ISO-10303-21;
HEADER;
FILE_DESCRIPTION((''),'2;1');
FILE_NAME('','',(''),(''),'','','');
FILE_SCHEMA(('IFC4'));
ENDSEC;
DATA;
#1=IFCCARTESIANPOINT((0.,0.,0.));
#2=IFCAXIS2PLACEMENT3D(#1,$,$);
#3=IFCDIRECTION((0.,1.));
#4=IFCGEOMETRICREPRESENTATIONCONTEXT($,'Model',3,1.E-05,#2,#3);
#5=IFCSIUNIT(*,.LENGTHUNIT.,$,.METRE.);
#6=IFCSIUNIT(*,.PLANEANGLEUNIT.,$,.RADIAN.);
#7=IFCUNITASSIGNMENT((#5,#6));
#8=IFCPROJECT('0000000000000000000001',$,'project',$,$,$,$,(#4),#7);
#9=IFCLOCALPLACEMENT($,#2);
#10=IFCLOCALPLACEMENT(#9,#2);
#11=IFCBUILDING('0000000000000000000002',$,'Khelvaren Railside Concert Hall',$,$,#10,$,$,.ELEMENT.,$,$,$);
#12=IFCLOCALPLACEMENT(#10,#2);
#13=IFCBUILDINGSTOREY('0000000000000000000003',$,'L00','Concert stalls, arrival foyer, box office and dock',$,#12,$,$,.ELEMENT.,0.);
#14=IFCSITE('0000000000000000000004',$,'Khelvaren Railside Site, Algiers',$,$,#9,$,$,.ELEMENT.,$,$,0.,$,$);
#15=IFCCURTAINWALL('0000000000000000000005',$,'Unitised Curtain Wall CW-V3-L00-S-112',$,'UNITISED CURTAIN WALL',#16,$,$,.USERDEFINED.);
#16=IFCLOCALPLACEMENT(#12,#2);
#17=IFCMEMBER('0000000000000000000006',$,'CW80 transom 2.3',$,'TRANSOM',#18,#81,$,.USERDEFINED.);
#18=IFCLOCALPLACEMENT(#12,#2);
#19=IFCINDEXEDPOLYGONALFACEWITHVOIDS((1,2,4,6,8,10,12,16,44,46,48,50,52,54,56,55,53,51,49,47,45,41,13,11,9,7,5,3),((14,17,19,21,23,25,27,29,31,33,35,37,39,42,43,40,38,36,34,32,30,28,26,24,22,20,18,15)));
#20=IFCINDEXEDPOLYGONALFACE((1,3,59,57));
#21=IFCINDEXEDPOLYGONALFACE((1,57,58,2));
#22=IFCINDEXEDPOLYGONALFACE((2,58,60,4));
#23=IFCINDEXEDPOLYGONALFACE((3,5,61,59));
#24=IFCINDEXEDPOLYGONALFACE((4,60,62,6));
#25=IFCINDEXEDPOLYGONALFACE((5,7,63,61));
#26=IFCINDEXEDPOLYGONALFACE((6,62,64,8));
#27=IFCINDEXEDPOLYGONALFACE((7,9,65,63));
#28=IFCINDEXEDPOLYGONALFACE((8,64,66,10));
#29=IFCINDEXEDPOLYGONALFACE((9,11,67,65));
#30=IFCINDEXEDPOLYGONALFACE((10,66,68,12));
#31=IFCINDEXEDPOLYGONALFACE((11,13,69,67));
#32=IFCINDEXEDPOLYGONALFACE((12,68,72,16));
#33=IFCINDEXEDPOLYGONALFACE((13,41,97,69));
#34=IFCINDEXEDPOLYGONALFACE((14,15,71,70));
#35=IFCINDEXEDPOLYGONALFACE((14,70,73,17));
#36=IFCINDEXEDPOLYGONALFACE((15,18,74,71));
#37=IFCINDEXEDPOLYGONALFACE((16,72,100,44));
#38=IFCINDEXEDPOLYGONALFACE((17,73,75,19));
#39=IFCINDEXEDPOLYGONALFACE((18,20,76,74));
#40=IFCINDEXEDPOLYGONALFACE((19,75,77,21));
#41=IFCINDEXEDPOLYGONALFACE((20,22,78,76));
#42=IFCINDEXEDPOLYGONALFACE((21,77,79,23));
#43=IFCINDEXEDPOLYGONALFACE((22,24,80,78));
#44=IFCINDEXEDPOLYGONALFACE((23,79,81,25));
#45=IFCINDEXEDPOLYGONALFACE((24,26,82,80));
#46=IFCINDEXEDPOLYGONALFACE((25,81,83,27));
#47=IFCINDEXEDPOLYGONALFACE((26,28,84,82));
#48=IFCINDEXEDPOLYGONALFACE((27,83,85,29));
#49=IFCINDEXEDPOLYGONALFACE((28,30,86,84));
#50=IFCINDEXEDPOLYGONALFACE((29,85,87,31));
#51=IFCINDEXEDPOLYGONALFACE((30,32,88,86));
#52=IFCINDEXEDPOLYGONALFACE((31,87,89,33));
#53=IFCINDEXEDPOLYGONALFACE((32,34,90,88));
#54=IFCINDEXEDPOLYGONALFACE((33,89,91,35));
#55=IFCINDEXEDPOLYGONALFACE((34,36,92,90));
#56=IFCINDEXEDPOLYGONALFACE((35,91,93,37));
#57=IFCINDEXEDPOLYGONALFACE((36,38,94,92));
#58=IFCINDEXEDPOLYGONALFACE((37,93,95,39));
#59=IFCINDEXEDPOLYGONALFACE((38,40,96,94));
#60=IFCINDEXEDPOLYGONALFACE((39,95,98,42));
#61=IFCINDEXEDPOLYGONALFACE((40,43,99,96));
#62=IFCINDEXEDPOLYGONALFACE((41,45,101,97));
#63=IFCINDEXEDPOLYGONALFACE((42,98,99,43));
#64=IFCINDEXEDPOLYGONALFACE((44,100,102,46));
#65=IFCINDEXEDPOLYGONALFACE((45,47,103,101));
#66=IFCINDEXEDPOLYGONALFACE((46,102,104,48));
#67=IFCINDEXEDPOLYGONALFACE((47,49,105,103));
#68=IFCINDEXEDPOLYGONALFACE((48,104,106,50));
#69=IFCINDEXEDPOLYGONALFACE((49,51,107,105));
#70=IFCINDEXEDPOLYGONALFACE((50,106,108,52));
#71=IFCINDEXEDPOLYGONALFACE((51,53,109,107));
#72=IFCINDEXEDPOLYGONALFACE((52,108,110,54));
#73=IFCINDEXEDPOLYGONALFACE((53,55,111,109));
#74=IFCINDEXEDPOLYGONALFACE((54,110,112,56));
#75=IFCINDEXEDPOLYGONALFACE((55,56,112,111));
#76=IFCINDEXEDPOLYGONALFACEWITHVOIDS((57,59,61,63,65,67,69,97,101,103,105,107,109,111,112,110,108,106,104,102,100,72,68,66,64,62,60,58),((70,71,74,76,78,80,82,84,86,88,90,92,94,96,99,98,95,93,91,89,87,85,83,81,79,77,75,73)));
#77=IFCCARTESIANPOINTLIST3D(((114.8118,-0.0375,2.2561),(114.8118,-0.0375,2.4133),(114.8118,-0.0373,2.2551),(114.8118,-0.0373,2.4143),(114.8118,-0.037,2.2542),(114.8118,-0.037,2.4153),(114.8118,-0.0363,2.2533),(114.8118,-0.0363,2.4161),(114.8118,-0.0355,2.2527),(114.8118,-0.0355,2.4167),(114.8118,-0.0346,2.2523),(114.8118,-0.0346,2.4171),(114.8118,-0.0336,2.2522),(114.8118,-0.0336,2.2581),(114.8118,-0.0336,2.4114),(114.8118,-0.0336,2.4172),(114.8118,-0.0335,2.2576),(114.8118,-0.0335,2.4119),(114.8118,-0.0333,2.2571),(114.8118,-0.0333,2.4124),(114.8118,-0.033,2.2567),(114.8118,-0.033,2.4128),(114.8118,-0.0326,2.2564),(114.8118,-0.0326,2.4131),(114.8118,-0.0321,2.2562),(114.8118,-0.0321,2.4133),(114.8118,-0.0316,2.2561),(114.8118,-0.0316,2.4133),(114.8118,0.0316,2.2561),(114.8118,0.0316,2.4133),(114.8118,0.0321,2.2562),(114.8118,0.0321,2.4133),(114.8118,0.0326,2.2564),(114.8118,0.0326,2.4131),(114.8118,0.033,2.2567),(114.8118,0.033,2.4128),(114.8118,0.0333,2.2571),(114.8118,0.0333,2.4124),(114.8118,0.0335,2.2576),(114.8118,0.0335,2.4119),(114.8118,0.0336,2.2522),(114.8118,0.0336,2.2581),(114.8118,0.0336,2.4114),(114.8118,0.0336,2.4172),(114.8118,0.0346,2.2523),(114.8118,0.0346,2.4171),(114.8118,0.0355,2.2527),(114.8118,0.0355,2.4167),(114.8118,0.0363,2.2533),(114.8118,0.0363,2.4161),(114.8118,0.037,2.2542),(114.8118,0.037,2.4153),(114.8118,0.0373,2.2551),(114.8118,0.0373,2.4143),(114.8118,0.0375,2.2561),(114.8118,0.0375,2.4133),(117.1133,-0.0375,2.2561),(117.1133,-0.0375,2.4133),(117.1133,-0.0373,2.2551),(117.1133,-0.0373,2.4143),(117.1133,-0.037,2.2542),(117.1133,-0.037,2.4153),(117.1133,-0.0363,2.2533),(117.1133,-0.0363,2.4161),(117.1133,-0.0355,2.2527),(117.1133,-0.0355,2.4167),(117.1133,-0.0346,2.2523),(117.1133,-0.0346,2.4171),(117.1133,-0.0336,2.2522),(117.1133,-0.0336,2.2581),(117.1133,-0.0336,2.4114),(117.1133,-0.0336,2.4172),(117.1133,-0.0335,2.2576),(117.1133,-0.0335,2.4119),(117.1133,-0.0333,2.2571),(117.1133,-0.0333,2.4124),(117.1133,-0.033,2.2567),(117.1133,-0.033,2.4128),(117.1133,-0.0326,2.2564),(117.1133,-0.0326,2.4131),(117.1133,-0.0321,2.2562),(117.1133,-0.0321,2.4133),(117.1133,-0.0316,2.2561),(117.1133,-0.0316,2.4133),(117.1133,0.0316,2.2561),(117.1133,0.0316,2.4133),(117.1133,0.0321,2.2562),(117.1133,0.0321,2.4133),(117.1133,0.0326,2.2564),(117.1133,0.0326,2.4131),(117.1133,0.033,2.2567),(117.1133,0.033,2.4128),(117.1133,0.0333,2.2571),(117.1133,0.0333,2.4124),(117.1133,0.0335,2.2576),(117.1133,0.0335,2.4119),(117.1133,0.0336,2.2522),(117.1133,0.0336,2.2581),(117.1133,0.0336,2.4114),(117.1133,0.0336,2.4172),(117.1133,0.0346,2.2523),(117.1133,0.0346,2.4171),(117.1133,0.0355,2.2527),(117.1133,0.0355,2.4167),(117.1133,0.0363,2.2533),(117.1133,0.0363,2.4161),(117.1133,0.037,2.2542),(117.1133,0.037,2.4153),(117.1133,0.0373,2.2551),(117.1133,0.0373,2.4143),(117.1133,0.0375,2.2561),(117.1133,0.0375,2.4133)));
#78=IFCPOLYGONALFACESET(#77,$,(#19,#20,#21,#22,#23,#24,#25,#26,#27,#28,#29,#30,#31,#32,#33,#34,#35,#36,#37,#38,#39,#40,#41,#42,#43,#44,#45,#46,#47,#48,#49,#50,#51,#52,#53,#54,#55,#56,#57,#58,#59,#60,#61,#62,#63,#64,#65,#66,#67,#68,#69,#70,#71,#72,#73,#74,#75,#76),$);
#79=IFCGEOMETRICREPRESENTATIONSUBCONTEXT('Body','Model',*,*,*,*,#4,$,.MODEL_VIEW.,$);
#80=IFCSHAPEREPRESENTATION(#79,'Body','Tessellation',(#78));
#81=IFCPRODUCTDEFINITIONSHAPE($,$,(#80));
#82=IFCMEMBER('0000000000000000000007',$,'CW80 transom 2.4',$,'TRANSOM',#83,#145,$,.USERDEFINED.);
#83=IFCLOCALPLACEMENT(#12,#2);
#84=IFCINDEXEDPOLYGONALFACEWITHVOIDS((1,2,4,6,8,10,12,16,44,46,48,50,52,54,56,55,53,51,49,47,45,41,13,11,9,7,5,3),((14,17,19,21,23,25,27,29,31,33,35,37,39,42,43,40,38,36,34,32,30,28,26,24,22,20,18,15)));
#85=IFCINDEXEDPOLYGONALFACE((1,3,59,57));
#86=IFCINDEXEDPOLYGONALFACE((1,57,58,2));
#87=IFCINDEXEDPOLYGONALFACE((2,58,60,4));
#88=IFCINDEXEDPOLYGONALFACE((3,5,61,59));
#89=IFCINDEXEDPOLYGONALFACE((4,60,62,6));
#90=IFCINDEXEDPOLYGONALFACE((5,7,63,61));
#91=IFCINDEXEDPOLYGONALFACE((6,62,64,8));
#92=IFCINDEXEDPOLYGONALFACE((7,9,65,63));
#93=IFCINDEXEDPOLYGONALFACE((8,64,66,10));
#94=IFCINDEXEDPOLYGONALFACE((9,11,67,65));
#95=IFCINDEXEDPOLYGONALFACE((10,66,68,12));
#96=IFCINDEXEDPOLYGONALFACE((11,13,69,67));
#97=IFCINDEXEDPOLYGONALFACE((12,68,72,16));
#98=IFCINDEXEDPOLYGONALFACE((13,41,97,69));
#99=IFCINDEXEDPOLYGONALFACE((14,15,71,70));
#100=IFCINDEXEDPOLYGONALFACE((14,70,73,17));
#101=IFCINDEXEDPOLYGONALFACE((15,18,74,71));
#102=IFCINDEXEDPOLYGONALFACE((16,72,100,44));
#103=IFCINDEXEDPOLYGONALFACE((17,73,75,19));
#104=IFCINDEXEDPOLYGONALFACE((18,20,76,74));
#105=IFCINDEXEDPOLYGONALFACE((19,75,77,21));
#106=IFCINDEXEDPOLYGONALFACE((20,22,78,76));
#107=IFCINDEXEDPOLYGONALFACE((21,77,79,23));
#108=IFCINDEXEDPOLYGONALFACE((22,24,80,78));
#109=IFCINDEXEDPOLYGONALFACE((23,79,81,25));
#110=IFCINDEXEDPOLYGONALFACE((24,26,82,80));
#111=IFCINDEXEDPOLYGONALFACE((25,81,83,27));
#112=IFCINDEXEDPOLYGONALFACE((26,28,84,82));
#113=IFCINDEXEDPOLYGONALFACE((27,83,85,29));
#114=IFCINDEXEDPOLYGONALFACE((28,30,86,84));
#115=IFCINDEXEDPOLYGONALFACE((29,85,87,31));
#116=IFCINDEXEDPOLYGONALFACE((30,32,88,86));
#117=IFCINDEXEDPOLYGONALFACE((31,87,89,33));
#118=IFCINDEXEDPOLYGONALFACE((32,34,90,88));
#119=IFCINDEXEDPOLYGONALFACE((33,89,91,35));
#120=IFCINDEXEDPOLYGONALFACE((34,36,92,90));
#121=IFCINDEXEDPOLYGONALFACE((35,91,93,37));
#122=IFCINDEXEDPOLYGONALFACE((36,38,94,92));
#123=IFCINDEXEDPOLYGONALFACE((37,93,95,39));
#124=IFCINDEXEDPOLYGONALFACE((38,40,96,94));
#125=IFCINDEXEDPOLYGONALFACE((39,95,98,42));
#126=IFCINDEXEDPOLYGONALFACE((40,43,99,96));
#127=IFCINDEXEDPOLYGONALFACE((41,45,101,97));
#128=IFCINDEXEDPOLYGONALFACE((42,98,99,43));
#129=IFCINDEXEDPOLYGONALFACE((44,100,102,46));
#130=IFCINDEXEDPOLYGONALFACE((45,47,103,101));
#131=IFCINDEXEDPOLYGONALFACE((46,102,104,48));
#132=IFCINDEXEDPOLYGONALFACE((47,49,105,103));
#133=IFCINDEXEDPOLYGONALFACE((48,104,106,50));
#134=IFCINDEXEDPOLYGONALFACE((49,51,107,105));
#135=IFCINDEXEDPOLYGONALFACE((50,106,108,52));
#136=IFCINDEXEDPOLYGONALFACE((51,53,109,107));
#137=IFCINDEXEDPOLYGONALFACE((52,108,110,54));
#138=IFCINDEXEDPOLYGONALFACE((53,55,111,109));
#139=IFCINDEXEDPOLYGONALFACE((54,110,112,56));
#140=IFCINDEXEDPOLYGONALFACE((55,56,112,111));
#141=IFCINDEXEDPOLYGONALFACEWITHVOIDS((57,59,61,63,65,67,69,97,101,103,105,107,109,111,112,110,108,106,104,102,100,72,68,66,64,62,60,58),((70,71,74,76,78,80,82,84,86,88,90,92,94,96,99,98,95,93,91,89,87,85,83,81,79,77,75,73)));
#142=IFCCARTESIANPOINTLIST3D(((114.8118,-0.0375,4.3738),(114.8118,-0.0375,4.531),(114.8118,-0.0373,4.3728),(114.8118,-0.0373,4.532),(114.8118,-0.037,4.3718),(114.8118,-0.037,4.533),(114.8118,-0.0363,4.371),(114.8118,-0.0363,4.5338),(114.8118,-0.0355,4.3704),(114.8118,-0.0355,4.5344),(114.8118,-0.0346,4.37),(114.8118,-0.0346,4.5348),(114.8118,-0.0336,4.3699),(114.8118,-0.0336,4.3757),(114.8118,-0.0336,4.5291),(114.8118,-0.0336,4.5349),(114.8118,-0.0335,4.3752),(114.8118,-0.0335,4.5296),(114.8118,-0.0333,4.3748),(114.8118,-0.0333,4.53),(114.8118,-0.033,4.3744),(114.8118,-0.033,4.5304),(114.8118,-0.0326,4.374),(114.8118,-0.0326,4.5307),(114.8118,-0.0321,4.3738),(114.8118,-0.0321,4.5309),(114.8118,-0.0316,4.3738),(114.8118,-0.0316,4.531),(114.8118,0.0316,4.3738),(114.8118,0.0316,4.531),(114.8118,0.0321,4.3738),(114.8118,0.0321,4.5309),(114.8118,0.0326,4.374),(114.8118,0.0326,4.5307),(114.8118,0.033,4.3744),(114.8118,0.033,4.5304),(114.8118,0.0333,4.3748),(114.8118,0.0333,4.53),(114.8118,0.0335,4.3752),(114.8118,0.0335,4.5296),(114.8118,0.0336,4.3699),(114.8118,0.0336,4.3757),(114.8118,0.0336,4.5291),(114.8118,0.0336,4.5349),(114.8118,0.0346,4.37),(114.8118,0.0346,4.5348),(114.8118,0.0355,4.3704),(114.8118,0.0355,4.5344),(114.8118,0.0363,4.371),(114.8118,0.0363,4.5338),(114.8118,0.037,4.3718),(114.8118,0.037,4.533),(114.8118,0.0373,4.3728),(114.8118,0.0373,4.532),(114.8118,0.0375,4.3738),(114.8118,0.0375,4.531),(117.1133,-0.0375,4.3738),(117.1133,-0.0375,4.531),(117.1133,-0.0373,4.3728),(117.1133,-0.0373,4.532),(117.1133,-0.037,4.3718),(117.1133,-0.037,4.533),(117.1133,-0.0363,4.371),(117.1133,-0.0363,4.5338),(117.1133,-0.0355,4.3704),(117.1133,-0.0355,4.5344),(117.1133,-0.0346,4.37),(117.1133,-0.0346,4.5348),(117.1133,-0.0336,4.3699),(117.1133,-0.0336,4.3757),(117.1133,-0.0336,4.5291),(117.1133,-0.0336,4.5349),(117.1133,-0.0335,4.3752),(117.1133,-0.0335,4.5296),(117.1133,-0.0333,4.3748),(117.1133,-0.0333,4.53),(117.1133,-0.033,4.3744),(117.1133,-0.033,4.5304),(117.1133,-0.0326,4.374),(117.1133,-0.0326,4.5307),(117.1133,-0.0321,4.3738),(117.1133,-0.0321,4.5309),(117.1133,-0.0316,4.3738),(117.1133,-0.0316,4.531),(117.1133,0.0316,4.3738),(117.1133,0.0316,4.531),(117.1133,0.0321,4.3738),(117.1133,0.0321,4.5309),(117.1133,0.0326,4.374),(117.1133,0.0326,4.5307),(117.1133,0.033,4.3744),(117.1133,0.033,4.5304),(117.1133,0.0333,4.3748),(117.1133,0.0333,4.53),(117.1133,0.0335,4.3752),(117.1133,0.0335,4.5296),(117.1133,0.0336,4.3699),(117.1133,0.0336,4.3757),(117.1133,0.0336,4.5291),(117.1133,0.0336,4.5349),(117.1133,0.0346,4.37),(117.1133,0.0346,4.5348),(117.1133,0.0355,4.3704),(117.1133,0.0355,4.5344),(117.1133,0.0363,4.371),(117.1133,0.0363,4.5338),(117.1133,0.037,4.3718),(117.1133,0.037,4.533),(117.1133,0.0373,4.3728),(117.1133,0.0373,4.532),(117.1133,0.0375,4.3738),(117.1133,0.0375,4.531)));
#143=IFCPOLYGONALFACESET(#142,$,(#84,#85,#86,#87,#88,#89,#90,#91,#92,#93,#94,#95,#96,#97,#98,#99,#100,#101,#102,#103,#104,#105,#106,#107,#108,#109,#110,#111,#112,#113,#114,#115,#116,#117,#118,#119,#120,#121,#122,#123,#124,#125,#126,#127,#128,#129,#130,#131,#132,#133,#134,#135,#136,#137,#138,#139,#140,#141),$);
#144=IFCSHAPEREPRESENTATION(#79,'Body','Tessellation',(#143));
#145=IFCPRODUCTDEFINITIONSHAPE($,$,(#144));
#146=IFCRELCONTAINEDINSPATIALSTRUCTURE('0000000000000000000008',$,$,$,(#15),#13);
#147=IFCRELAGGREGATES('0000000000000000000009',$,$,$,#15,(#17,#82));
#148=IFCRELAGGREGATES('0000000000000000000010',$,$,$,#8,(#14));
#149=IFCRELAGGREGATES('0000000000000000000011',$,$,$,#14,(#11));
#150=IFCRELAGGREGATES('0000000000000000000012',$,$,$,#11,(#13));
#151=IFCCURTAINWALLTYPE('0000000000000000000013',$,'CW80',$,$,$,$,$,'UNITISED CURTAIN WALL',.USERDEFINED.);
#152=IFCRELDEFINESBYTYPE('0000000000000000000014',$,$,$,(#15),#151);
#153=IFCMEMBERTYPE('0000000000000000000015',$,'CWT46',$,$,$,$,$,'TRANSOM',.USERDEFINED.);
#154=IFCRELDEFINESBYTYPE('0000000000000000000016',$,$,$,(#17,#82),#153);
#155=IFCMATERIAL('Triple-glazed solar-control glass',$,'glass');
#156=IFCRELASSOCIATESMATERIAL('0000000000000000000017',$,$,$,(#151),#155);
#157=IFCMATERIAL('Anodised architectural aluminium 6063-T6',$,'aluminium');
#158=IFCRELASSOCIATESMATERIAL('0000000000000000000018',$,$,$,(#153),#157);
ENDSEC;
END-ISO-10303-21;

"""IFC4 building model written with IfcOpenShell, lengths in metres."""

from ifc_helpers import new_model, si_unit, direction, frame, origin, origin_2d, place, context, subcontext, project, spatial, hollow_rectangle, extrude, material, material_profile, profile_set, type_object, element, aggregate, save


model = new_model("IFC4")

# Units and contexts
model_context = context("Model", 3, precision=1e-05, world=origin(), true_north=direction((0.0, 1.0)))
body_context = subcontext(model_context, "Body", "Model", "MODEL_VIEW")
ifc_project = project(units=[si_unit("LENGTHUNIT", "METRE"), si_unit("PLANEANGLEUNIT", "RADIAN")], contexts=[model_context])

# Site, building, storey
site_placement = place(None, origin())
site = spatial("IfcSite", under=ifc_project, at=site_placement, Name="Khelvaren Railside Site, Algiers", CompositionType="ELEMENT", RefElevation=0.0)
building_placement = place(site_placement, origin())
building = spatial("IfcBuilding", under=site, at=building_placement, Name="Khelvaren Railside Concert Hall", CompositionType="ELEMENT")
storey_placement = place(building_placement, origin())
storey = spatial("IfcBuildingStorey", under=building, at=storey_placement, Name="L00", Description="Concert stalls, arrival foyer, box office and dock", CompositionType="ELEMENT", Elevation=0.0)

# Curtain wall
ifc_material_1 = material(Name="Triple-glazed solar-control glass", Category="glass")
ifc_material_2 = material(Name="Anodised architectural aluminium 6063-T6", Category="aluminium")
curtain_wall_type_1 = type_object("IfcCurtainWallType", Name="CW80", ElementType="UNITISED CURTAIN WALL", PredefinedType="USERDEFINED", material=ifc_material_1)
curtain_wall_1_placement = place(storey_placement, origin())
curtain_wall_1 = element("IfcCurtainWall", 1, at=curtain_wall_1_placement, inside=storey, type_object=curtain_wall_type_1, Name="Unitised Curtain Wall CW-V3-L00-S-112", ObjectType="UNITISED CURTAIN WALL", PredefinedType="USERDEFINED")

# Members
ifc_material_profile_1 = material_profile(ifc_material_2, hollow_rectangle(XDim=0.075, YDim=0.165, WallThickness=0.0039, InnerFilletRadius=0.002, OuterFilletRadius=0.0039, at=origin_2d()), Name="CWT 75x165x4")
ifc_profile_set_1 = profile_set([ifc_material_profile_1], Name="Anodised architectural aluminium 6063-T6")
member_type_1 = type_object("IfcMemberType", Name="CWT46", ElementType="TRANSOM", PredefinedType="USERDEFINED", material=ifc_profile_set_1)
member_1_placement = place(storey_placement, frame((117.1133, 0.0, 2.3347), z_axis=(-1.0, 0.0, 0.0), x_axis=(0.0, -1.0, 0.0)))
member_1 = element("IfcMember", 2, at=member_1_placement, type_object=member_type_1, Name="CW80 transom 2.3", ObjectType="TRANSOM", PredefinedType="USERDEFINED", context=body_context, shape_type="SweptSolid", body=[
    extrude(hollow_rectangle(XDim=0.075, YDim=0.165, WallThickness=0.0039, InnerFilletRadius=0.002, OuterFilletRadius=0.0039, at=origin_2d()), origin(), (0.0, 0.0, 1.0), 2.3015),
])
member_2_placement = place(storey_placement, frame((117.1133, 0.0, 4.4524), z_axis=(-1.0, 0.0, 0.0), x_axis=(0.0, -1.0, 0.0)))
member_2 = element("IfcMember", 3, at=member_2_placement, type_object=member_type_1, Name="CW80 transom 2.4", ObjectType="TRANSOM", PredefinedType="USERDEFINED", context=body_context, shape_type="SweptSolid", body=[
    extrude(hollow_rectangle(XDim=0.075, YDim=0.165, WallThickness=0.0039, InnerFilletRadius=0.002, OuterFilletRadius=0.0039, at=origin_2d()), origin(), (0.0, 0.0, 1.0), 2.3015),
])

aggregate(curtain_wall_1, [member_1, member_2])

save(model, "model.ifc")
